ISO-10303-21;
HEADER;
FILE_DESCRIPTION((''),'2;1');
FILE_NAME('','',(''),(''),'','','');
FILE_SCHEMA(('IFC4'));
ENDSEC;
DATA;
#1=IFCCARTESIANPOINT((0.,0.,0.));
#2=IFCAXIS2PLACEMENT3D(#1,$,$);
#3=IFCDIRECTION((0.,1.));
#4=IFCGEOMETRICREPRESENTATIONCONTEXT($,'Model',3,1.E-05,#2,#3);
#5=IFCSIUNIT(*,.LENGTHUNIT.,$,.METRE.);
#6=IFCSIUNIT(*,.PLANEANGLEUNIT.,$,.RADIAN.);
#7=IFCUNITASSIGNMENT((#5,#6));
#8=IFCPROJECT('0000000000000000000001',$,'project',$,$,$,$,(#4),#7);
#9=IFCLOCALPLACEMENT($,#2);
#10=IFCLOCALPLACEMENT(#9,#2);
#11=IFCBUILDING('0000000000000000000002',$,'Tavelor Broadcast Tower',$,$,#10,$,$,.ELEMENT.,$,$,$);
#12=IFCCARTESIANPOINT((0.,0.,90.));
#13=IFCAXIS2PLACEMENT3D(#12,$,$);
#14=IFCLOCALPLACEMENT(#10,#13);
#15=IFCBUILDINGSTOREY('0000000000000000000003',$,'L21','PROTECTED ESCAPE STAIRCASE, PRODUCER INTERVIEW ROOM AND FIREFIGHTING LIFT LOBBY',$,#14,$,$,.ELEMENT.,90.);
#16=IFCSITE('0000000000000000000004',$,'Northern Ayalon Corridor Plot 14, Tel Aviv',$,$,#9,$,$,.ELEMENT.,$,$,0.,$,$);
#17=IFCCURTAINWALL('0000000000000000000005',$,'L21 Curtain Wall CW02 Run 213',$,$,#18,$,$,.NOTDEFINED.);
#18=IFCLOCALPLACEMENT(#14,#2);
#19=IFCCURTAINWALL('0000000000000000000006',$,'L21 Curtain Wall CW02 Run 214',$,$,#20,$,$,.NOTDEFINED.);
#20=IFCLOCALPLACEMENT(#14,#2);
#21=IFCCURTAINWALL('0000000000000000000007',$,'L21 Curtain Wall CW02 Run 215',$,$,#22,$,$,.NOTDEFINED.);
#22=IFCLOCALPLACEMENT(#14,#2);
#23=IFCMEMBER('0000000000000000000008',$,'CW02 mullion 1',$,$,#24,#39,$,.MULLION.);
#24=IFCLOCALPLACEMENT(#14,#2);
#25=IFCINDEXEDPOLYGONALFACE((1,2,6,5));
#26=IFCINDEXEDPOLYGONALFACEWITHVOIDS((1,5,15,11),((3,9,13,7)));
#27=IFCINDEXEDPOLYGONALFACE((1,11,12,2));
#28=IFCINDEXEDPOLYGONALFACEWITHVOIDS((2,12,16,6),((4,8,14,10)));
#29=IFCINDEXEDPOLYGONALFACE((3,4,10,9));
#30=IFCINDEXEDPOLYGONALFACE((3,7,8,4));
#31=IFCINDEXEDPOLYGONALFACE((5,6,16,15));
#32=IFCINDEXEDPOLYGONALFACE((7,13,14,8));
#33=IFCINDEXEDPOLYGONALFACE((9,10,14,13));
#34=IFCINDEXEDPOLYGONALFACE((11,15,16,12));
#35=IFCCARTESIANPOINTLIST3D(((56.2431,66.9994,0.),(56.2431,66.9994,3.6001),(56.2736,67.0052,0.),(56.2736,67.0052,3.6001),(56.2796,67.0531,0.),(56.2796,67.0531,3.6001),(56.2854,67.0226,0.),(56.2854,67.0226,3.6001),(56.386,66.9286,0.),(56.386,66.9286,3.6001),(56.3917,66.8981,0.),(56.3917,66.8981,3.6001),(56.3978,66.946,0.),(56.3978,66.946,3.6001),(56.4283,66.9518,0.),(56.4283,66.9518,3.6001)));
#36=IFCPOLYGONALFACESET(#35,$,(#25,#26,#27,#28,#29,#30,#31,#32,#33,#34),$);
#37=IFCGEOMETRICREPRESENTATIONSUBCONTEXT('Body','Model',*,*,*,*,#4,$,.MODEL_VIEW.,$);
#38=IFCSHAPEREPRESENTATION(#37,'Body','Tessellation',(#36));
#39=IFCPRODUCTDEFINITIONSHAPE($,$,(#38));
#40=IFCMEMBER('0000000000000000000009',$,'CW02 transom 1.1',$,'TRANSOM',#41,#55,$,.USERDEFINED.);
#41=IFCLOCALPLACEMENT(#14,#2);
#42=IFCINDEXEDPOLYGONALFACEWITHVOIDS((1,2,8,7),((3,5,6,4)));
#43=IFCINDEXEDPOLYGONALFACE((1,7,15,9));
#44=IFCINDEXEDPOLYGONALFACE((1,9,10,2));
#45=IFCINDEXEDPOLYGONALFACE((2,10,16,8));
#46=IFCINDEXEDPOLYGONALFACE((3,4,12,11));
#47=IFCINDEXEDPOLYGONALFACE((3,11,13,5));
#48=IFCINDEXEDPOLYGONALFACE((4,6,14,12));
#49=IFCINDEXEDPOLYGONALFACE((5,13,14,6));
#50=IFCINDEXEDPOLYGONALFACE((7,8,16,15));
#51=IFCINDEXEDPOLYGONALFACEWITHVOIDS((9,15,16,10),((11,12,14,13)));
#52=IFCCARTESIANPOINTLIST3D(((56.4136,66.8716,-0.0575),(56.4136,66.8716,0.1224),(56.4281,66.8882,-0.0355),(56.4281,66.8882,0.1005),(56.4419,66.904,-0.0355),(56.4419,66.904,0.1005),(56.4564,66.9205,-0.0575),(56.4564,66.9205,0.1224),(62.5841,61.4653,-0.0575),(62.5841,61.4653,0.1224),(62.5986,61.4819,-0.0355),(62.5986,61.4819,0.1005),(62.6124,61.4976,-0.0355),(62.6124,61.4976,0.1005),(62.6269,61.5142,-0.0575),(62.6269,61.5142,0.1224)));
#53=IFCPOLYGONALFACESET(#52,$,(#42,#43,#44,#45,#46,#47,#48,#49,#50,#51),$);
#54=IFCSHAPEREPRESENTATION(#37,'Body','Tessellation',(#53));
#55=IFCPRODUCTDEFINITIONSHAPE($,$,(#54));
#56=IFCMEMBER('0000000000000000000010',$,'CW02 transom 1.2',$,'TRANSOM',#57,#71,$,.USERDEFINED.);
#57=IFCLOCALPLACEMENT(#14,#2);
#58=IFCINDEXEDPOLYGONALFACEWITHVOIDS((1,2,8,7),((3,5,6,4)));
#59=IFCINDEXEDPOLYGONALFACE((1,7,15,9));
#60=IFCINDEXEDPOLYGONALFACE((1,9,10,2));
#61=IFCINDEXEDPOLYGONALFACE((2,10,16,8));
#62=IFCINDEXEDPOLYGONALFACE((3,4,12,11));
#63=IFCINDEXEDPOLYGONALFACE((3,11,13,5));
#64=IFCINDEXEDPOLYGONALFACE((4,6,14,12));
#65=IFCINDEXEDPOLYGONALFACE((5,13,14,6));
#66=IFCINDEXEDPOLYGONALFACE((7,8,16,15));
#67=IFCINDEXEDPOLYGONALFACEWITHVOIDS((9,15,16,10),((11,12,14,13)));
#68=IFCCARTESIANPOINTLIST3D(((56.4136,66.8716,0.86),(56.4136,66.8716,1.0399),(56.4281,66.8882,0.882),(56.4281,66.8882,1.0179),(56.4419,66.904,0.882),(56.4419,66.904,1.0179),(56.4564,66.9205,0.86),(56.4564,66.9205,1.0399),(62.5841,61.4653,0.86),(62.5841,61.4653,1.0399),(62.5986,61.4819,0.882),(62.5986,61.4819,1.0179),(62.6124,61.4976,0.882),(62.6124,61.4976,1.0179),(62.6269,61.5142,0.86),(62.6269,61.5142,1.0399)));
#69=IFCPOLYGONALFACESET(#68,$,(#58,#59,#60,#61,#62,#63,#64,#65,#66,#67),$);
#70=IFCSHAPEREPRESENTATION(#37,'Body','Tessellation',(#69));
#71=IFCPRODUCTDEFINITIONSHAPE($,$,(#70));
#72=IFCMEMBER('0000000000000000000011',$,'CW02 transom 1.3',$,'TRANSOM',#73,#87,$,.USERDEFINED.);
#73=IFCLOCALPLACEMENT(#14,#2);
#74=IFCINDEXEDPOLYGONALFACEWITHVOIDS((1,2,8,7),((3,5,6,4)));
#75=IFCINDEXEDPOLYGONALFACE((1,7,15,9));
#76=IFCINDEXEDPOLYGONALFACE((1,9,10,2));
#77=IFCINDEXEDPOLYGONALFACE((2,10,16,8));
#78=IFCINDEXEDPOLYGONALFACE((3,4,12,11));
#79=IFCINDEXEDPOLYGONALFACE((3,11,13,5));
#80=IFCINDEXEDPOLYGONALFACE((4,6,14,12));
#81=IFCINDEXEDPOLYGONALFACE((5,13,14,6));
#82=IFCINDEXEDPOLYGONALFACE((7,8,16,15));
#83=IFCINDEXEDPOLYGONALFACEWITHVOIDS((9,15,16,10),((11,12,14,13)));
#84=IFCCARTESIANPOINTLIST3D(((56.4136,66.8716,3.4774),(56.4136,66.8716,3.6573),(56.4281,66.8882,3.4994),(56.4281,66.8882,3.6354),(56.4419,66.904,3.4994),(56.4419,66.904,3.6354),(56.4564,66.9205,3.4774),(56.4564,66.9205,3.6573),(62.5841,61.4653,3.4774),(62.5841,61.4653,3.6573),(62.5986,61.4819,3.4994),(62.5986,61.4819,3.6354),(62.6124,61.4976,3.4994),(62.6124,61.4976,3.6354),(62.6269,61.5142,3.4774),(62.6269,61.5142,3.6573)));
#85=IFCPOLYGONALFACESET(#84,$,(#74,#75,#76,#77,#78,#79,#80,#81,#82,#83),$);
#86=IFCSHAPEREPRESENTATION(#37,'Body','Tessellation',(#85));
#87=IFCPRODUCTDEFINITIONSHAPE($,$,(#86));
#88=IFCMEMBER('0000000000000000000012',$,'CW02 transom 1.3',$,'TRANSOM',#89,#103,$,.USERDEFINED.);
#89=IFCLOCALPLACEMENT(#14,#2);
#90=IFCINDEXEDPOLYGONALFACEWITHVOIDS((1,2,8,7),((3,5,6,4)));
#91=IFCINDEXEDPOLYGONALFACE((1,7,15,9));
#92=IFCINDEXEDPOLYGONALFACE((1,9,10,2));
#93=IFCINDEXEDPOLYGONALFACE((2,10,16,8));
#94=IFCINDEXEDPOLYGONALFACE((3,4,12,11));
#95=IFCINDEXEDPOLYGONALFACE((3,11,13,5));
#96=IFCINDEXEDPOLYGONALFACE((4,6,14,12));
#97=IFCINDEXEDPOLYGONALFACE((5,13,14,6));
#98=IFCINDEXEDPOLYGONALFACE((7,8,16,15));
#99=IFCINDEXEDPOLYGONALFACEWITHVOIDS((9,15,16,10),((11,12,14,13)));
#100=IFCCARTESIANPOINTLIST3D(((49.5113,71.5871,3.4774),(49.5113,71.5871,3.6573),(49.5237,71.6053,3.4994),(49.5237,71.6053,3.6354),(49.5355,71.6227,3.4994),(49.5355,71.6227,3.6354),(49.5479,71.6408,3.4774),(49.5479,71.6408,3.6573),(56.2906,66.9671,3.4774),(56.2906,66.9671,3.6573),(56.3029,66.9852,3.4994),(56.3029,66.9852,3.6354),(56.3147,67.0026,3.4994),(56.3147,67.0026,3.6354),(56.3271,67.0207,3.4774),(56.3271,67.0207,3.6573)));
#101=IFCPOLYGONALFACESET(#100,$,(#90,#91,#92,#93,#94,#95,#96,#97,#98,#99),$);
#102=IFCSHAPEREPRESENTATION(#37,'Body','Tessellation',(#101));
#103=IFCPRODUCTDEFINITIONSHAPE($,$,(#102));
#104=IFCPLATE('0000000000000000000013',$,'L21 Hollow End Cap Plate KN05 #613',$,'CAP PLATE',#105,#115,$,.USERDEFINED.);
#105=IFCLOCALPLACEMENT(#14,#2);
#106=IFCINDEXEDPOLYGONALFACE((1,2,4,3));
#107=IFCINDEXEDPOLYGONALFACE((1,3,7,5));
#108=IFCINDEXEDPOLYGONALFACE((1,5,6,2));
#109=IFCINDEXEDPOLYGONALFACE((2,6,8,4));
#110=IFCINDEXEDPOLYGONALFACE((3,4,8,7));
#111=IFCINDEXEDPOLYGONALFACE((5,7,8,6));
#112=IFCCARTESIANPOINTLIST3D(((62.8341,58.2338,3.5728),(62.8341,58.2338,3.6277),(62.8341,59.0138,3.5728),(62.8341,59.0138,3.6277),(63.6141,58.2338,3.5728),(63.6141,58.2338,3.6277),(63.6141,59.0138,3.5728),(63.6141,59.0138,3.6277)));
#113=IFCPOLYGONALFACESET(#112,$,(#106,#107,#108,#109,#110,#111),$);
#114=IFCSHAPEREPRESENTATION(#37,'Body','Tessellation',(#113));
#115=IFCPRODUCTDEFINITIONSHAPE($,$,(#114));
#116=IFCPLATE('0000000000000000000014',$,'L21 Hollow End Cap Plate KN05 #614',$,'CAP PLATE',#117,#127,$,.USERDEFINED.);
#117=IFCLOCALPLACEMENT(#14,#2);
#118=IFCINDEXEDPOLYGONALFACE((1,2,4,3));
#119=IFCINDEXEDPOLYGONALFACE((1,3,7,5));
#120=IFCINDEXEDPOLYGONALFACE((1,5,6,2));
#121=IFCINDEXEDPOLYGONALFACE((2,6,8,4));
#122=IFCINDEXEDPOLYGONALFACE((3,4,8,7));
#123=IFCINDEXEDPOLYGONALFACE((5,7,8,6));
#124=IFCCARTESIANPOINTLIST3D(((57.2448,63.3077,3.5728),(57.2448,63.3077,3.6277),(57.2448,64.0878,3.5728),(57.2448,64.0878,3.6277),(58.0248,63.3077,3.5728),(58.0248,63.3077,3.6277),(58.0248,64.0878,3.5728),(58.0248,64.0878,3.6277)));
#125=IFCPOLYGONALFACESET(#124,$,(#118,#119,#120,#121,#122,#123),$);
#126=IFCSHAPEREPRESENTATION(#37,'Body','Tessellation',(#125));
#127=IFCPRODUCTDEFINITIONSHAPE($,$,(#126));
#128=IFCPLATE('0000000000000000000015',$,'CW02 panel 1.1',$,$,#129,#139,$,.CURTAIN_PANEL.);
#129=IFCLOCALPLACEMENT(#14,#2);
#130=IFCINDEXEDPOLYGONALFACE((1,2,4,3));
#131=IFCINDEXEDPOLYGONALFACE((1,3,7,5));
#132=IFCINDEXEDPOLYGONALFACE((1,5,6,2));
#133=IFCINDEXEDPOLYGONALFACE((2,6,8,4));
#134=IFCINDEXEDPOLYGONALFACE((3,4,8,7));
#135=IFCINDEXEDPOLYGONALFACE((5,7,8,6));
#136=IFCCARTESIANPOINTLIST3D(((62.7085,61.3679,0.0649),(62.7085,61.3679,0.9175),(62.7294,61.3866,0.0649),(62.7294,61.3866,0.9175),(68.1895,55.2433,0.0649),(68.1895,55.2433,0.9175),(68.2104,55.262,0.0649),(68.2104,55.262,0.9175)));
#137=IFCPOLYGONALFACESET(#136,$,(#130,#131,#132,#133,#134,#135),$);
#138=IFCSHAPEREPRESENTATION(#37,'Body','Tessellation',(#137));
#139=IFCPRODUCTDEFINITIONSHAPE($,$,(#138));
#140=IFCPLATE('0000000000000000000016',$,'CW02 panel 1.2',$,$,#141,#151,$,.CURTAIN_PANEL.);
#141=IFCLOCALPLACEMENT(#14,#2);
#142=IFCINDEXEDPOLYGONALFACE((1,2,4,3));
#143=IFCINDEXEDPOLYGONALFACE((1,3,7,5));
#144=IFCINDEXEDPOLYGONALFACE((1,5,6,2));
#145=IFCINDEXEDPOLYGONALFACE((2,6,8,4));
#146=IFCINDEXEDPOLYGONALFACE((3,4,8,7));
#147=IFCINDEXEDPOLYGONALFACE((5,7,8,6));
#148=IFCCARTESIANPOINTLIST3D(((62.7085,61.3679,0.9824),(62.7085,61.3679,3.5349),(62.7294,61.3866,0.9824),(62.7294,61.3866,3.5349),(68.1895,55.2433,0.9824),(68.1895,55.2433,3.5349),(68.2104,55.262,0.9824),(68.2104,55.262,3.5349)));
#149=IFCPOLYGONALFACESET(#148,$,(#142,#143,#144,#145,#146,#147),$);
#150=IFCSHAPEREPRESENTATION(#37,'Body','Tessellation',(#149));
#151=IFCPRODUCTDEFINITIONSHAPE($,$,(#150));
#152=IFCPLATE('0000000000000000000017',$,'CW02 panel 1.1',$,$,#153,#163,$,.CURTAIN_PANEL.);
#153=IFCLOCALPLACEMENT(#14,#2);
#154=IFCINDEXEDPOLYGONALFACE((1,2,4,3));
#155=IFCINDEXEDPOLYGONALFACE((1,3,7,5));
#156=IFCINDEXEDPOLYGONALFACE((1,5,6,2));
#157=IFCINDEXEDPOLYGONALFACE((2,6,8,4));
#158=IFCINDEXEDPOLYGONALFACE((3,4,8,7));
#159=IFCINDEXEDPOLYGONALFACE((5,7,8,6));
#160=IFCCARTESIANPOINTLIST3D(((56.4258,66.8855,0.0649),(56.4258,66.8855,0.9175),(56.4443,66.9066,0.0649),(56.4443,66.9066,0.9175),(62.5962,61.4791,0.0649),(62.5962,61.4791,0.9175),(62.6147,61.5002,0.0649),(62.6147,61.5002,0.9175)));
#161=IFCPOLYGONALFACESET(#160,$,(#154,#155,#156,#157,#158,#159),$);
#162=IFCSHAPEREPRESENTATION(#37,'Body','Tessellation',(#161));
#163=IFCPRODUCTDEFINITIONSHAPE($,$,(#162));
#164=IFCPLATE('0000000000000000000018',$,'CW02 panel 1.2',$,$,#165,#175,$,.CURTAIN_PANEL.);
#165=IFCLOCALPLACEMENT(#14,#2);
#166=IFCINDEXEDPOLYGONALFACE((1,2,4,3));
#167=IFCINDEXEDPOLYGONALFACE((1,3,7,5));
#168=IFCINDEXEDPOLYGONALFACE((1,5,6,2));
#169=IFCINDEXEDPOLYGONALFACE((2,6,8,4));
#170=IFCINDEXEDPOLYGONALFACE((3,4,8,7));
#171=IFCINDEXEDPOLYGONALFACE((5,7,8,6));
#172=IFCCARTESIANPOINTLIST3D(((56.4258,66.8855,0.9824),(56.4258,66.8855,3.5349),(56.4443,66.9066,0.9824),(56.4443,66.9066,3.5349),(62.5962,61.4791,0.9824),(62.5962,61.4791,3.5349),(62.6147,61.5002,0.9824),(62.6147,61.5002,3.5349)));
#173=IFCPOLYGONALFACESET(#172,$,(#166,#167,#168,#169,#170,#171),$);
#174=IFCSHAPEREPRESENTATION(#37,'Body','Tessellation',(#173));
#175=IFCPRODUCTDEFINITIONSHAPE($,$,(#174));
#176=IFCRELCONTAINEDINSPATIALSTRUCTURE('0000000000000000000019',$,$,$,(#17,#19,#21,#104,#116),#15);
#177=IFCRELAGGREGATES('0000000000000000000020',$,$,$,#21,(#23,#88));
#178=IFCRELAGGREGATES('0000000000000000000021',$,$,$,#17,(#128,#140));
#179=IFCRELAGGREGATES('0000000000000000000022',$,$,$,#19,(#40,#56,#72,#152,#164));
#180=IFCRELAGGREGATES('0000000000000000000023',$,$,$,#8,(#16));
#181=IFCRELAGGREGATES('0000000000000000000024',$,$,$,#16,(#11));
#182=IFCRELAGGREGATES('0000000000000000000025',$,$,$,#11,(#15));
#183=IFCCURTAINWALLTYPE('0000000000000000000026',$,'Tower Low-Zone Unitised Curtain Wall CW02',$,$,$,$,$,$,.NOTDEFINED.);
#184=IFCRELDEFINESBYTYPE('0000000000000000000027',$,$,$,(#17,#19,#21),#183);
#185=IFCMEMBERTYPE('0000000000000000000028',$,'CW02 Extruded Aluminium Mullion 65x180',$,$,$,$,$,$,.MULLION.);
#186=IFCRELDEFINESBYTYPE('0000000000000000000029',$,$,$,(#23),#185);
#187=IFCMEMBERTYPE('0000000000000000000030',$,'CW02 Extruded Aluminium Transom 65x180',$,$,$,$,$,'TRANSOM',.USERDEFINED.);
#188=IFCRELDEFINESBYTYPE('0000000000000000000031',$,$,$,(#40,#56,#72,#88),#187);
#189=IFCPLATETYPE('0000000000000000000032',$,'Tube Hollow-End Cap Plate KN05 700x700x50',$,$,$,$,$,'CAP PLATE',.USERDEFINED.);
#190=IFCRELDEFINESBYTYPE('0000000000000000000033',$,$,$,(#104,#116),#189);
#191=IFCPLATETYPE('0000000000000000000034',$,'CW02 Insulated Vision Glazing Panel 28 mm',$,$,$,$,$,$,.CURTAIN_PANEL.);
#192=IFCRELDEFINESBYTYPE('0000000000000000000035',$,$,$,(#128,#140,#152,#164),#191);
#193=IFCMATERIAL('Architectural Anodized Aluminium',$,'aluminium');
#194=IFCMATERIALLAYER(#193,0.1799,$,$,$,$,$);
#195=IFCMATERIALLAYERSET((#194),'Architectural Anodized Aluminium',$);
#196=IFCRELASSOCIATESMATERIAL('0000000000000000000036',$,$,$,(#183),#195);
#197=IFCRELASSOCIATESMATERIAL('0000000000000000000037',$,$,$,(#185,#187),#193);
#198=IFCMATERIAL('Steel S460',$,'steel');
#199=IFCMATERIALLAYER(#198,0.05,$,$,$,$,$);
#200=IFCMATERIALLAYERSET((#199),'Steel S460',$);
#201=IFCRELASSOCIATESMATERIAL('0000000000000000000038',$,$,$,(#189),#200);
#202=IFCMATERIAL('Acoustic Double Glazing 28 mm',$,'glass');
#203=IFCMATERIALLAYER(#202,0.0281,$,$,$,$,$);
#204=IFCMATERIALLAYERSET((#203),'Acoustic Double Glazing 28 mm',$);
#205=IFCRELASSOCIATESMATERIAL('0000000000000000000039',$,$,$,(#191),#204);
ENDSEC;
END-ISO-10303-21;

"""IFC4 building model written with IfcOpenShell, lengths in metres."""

from ifc_helpers import new_model, si_unit, direction, frame, origin, origin_2d, place, context, subcontext, project, spatial, rectangle, hollow_rectangle, extrude, source, transform, mapped, material, layer, layer_set, material_profile, profile_set, type_object, type_shapes, element, aggregate, save


model = new_model("IFC4")

# Units and contexts
model_context = context("Model", 3, precision=1e-05, world=origin(), true_north=direction((0.0, 1.0)))
body_context = subcontext(model_context, "Body", "Model", "MODEL_VIEW")
ifc_project = project(units=[si_unit("LENGTHUNIT", "METRE"), si_unit("PLANEANGLEUNIT", "RADIAN")], contexts=[model_context])

# Site, building, storey
site_placement = place(None, origin())
site = spatial("IfcSite", under=ifc_project, at=site_placement, Name="Northern Ayalon Corridor Plot 14, Tel Aviv", CompositionType="ELEMENT", RefElevation=0.0)
building_placement = place(site_placement, origin())
building = spatial("IfcBuilding", under=site, at=building_placement, Name="Tavelor Broadcast Tower", CompositionType="ELEMENT")
storey_placement = place(building_placement, frame((0.0, 0.0, 90.0)))
storey = spatial("IfcBuildingStorey", under=building, at=storey_placement, Name="L21", Description="PROTECTED ESCAPE STAIRCASE, PRODUCER INTERVIEW ROOM AND FIREFIGHTING LIFT LOBBY", CompositionType="ELEMENT", Elevation=90.0)

# Shared definitions
ifc_material_1 = material(Name="Steel S460", Category="steel")

# Curtain wall
ifc_material_2 = material(Name="Architectural Anodized Aluminium", Category="aluminium")
ifc_layer_1 = layer(ifc_material_2, 0.1799)
ifc_layer_set_1 = layer_set([ifc_layer_1], Name="Architectural Anodized Aluminium")
curtain_wall_type = type_object("IfcCurtainWallType", Name="Tower Low-Zone Unitised Curtain Wall CW02", PredefinedType="NOTDEFINED", material=ifc_layer_set_1)
curtain_wall_1_placement = place(storey_placement, origin())
curtain_wall_1 = element("IfcCurtainWall", 1, at=curtain_wall_1_placement, inside=storey, type_object=curtain_wall_type, Name="L21 Curtain Wall CW02 Run 213", PredefinedType="NOTDEFINED")
ifc_material_profile_1 = material_profile(ifc_material_2, hollow_rectangle(XDim=0.0649, YDim=0.1799, WallThickness=0.022, at=origin_2d()), Name="RHS 65x180x22")
ifc_profile_set_1 = profile_set([ifc_material_profile_1], Name="Architectural Anodized Aluminium")
member_type_1 = type_object("IfcMemberType", Name="CW02 Extruded Aluminium Mullion 65x180", PredefinedType="MULLION", material=ifc_profile_set_1)
shared_shape_1 = source(origin(), body_context, "Body", "SweptSolid", [
    extrude(hollow_rectangle(XDim=0.0649, YDim=0.1799, WallThickness=0.022, at=origin_2d()), origin(), (0.0, 0.0, 1.0), 3.6001),
])
type_shapes(member_type_1, [shared_shape_1])

# Curtain wall
curtain_wall_2_placement = place(storey_placement, origin())
curtain_wall_2 = element("IfcCurtainWall", 2, at=curtain_wall_2_placement, inside=storey, type_object=curtain_wall_type, Name="L21 Curtain Wall CW02 Run 214", PredefinedType="NOTDEFINED")

# Curtain wall, member
curtain_wall_3_placement = place(storey_placement, origin())
curtain_wall_3 = element("IfcCurtainWall", 3, at=curtain_wall_3_placement, inside=storey, type_object=curtain_wall_type, Name="L21 Curtain Wall CW02 Run 215", PredefinedType="NOTDEFINED")
member_1_placement = place(storey_placement, frame((56.3357, 66.9756, 0.0), z_axis=(0.0, 0.0, 1.0), x_axis=(-0.563167, -0.826343, 0.0)))
member_1 = element("IfcMember", 4, at=member_1_placement, type_object=member_type_1, Name="CW02 mullion 1", PredefinedType="MULLION", context=body_context, shape_type="MappedRepresentation", body=[
    mapped(shared_shape_1, transform((0.0, 0.0, 0.0), scale=1.0)),
])

# Members
ifc_material_profile_2 = material_profile(ifc_material_2, hollow_rectangle(XDim=0.0649, YDim=0.1799, WallThickness=0.022, at=origin_2d()), Name="RHS 65x180x22")
ifc_profile_set_2 = profile_set([ifc_material_profile_2], Name="Architectural Anodized Aluminium")
member_type_2 = type_object("IfcMemberType", Name="CW02 Extruded Aluminium Transom 65x180", ElementType="TRANSOM", PredefinedType="USERDEFINED", material=ifc_profile_set_2)
shared_shape_2 = source(origin(), body_context, "Body", "SweptSolid", [
    extrude(hollow_rectangle(XDim=0.0649, YDim=0.1799, WallThickness=0.022, at=origin_2d()), origin(), (0.0, 0.0, 1.0), 8.2039),
])
type_shapes(member_type_2, [shared_shape_2])
member_2_placement = place(storey_placement, frame((62.6055, 61.4897, 0.0325), z_axis=(-0.752145, 0.658997, 0.0), x_axis=(-0.658997, -0.752145, 0.0)))
member_2 = element("IfcMember", 5, at=member_2_placement, type_object=member_type_2, Name="CW02 transom 1.1", ObjectType="TRANSOM", PredefinedType="USERDEFINED", context=body_context, shape_type="MappedRepresentation", body=[
    mapped(shared_shape_2, transform((0.0, 0.0, 0.0), scale=1.0)),
])
member_3_placement = place(storey_placement, frame((62.6055, 61.4897, 0.95), z_axis=(-0.752145, 0.658997, 0.0), x_axis=(-0.658997, -0.752145, 0.0)))
member_3 = element("IfcMember", 6, at=member_3_placement, type_object=member_type_2, Name="CW02 transom 1.2", ObjectType="TRANSOM", PredefinedType="USERDEFINED", context=body_context, shape_type="MappedRepresentation", body=[
    mapped(shared_shape_2, transform((0.0, 0.0, 0.0), scale=1.0)),
])
member_4_placement = place(storey_placement, frame((62.6055, 61.4897, 3.5674), z_axis=(-0.752145, 0.658997, 0.0), x_axis=(-0.658997, -0.752145, 0.0)))
member_4 = element("IfcMember", 7, at=member_4_placement, type_object=member_type_2, Name="CW02 transom 1.3", ObjectType="TRANSOM", PredefinedType="USERDEFINED", context=body_context, shape_type="MappedRepresentation", body=[
    mapped(shared_shape_2, transform((0.0, 0.0, 0.0), scale=1.0)),
])
member_5_placement = place(storey_placement, frame((56.3088, 66.9939, 3.5674), z_axis=(-0.826348, 0.56316, 0.0), x_axis=(-0.56316, -0.826348, 0.0)))
member_5 = element("IfcMember", 8, at=member_5_placement, type_object=member_type_2, Name="CW02 transom 1.3", ObjectType="TRANSOM", PredefinedType="USERDEFINED", context=body_context, shape_type="MappedRepresentation", body=[
    mapped(shared_shape_2, transform((0.0, 0.0, 0.0), scale=1.0)),
])
aggregate(curtain_wall_3, [member_1, member_5])

# Plates
ifc_layer_2 = layer(ifc_material_1, 0.05)
ifc_layer_set_2 = layer_set([ifc_layer_2], Name="Steel S460")
plate_type_1 = type_object("IfcPlateType", Name="Tube Hollow-End Cap Plate KN05 700x700x50", ElementType="CAP PLATE", PredefinedType="USERDEFINED", material=ifc_layer_set_2)
shared_shape_3 = source(origin(), body_context, "Body", "SweptSolid", [
    extrude(rectangle(XDim=0.78, YDim=0.78, at=origin_2d()), origin(), (0.0, 0.0, 1.0), 0.0549),
])
type_shapes(plate_type_1, [shared_shape_3])
for number, where, z_axis, x_axis, name in (
    (9, (63.2241, 58.6238, 3.5728), (0.0, 0.0, 1.0), (1.0, 0.0, 0.0), "L21 Hollow End Cap Plate KN05 #613"),
    (10, (57.6348, 63.6978, 3.5728), (0.0, 0.0, 1.0), (1.0, 0.0, 0.0), "L21 Hollow End Cap Plate KN05 #614"),
):
    element("IfcPlate", number, at=place(storey_placement, frame(where, z_axis=z_axis, x_axis=x_axis)), inside=storey, type_object=plate_type_1, Name=name, ObjectType="CAP PLATE", PredefinedType="USERDEFINED", context=body_context, shape_type="MappedRepresentation", body=[
        mapped(shared_shape_3, transform((0.0, 0.0, 0.0), scale=1.0)),
    ])

# Plates
ifc_material_3 = material(Name="Acoustic Double Glazing 28 mm", Category="glass")
ifc_layer_3 = layer(ifc_material_3, 0.0281)
ifc_layer_set_3 = layer_set([ifc_layer_3], Name="Acoustic Double Glazing 28 mm")
plate_type_2 = type_object("IfcPlateType", Name="CW02 Insulated Vision Glazing Panel 28 mm", PredefinedType="CURTAIN_PANEL", material=ifc_layer_set_3)
shared_shape_4 = source(origin(), body_context, "Body", "SweptSolid", [
    extrude(rectangle(XDim=8.219, YDim=0.0281, at=origin_2d()), origin(), (0.0, 0.0, 1.0), 0.8525),
])
plate_1_placement = place(storey_placement, frame((65.4595, 58.3149, 0.0649), z_axis=(0.0, 0.0, 1.0), x_axis=(-0.666867, 0.745177, 0.0)))
plate_1 = element("IfcPlate", 11, at=plate_1_placement, type_object=plate_type_2, Name="CW02 panel 1.1", PredefinedType="CURTAIN_PANEL", context=body_context, shape_type="MappedRepresentation", body=[
    mapped(shared_shape_4, transform((0.0, 0.0, 0.0), scale=1.0)),
])
shared_shape_5 = source(origin(), body_context, "Body", "SweptSolid", [
    extrude(rectangle(XDim=8.219, YDim=0.0281, at=origin_2d()), origin(), (0.0, 0.0, 1.0), 2.5525),
])
plate_2_placement = place(storey_placement, frame((65.4595, 58.3149, 0.9824), z_axis=(0.0, 0.0, 1.0), x_axis=(-0.666867, 0.745177, 0.0)))
plate_2 = element("IfcPlate", 12, at=plate_2_placement, type_object=plate_type_2, Name="CW02 panel 1.2", PredefinedType="CURTAIN_PANEL", context=body_context, shape_type="MappedRepresentation", body=[
    mapped(shared_shape_5, transform((0.0, 0.0, 0.0), scale=1.0)),
])
aggregate(curtain_wall_1, [plate_1, plate_2])
shared_shape_6 = source(origin(), body_context, "Body", "SweptSolid", [
    extrude(rectangle(XDim=8.2039, YDim=0.0281, at=origin_2d()), origin(), (0.0, 0.0, 1.0), 0.8525),
])
plate_3_placement = place(storey_placement, frame((59.5203, 64.1929, 0.0649), z_axis=(0.0, 0.0, 1.0), x_axis=(-0.752135, 0.659009, 0.0)))
plate_3 = element("IfcPlate", 13, at=plate_3_placement, type_object=plate_type_2, Name="CW02 panel 1.1", PredefinedType="CURTAIN_PANEL", context=body_context, shape_type="MappedRepresentation", body=[
    mapped(shared_shape_6, transform((0.0, 0.0, 0.0), scale=1.0)),
])
shared_shape_7 = source(origin(), body_context, "Body", "SweptSolid", [
    extrude(rectangle(XDim=8.2039, YDim=0.0281, at=origin_2d()), origin(), (0.0, 0.0, 1.0), 2.5525),
])
type_shapes(plate_type_2, [shared_shape_4, shared_shape_5, shared_shape_6, shared_shape_7])
plate_4_placement = place(storey_placement, frame((59.5203, 64.1929, 0.9824), z_axis=(0.0, 0.0, 1.0), x_axis=(-0.752135, 0.659009, 0.0)))
plate_4 = element("IfcPlate", 14, at=plate_4_placement, type_object=plate_type_2, Name="CW02 panel 1.2", PredefinedType="CURTAIN_PANEL", context=body_context, shape_type="MappedRepresentation", body=[
    mapped(shared_shape_7, transform((0.0, 0.0, 0.0), scale=1.0)),
])
aggregate(curtain_wall_2, [member_2, member_3, member_4, plate_3, plate_4])

save(model, "model.ifc")
